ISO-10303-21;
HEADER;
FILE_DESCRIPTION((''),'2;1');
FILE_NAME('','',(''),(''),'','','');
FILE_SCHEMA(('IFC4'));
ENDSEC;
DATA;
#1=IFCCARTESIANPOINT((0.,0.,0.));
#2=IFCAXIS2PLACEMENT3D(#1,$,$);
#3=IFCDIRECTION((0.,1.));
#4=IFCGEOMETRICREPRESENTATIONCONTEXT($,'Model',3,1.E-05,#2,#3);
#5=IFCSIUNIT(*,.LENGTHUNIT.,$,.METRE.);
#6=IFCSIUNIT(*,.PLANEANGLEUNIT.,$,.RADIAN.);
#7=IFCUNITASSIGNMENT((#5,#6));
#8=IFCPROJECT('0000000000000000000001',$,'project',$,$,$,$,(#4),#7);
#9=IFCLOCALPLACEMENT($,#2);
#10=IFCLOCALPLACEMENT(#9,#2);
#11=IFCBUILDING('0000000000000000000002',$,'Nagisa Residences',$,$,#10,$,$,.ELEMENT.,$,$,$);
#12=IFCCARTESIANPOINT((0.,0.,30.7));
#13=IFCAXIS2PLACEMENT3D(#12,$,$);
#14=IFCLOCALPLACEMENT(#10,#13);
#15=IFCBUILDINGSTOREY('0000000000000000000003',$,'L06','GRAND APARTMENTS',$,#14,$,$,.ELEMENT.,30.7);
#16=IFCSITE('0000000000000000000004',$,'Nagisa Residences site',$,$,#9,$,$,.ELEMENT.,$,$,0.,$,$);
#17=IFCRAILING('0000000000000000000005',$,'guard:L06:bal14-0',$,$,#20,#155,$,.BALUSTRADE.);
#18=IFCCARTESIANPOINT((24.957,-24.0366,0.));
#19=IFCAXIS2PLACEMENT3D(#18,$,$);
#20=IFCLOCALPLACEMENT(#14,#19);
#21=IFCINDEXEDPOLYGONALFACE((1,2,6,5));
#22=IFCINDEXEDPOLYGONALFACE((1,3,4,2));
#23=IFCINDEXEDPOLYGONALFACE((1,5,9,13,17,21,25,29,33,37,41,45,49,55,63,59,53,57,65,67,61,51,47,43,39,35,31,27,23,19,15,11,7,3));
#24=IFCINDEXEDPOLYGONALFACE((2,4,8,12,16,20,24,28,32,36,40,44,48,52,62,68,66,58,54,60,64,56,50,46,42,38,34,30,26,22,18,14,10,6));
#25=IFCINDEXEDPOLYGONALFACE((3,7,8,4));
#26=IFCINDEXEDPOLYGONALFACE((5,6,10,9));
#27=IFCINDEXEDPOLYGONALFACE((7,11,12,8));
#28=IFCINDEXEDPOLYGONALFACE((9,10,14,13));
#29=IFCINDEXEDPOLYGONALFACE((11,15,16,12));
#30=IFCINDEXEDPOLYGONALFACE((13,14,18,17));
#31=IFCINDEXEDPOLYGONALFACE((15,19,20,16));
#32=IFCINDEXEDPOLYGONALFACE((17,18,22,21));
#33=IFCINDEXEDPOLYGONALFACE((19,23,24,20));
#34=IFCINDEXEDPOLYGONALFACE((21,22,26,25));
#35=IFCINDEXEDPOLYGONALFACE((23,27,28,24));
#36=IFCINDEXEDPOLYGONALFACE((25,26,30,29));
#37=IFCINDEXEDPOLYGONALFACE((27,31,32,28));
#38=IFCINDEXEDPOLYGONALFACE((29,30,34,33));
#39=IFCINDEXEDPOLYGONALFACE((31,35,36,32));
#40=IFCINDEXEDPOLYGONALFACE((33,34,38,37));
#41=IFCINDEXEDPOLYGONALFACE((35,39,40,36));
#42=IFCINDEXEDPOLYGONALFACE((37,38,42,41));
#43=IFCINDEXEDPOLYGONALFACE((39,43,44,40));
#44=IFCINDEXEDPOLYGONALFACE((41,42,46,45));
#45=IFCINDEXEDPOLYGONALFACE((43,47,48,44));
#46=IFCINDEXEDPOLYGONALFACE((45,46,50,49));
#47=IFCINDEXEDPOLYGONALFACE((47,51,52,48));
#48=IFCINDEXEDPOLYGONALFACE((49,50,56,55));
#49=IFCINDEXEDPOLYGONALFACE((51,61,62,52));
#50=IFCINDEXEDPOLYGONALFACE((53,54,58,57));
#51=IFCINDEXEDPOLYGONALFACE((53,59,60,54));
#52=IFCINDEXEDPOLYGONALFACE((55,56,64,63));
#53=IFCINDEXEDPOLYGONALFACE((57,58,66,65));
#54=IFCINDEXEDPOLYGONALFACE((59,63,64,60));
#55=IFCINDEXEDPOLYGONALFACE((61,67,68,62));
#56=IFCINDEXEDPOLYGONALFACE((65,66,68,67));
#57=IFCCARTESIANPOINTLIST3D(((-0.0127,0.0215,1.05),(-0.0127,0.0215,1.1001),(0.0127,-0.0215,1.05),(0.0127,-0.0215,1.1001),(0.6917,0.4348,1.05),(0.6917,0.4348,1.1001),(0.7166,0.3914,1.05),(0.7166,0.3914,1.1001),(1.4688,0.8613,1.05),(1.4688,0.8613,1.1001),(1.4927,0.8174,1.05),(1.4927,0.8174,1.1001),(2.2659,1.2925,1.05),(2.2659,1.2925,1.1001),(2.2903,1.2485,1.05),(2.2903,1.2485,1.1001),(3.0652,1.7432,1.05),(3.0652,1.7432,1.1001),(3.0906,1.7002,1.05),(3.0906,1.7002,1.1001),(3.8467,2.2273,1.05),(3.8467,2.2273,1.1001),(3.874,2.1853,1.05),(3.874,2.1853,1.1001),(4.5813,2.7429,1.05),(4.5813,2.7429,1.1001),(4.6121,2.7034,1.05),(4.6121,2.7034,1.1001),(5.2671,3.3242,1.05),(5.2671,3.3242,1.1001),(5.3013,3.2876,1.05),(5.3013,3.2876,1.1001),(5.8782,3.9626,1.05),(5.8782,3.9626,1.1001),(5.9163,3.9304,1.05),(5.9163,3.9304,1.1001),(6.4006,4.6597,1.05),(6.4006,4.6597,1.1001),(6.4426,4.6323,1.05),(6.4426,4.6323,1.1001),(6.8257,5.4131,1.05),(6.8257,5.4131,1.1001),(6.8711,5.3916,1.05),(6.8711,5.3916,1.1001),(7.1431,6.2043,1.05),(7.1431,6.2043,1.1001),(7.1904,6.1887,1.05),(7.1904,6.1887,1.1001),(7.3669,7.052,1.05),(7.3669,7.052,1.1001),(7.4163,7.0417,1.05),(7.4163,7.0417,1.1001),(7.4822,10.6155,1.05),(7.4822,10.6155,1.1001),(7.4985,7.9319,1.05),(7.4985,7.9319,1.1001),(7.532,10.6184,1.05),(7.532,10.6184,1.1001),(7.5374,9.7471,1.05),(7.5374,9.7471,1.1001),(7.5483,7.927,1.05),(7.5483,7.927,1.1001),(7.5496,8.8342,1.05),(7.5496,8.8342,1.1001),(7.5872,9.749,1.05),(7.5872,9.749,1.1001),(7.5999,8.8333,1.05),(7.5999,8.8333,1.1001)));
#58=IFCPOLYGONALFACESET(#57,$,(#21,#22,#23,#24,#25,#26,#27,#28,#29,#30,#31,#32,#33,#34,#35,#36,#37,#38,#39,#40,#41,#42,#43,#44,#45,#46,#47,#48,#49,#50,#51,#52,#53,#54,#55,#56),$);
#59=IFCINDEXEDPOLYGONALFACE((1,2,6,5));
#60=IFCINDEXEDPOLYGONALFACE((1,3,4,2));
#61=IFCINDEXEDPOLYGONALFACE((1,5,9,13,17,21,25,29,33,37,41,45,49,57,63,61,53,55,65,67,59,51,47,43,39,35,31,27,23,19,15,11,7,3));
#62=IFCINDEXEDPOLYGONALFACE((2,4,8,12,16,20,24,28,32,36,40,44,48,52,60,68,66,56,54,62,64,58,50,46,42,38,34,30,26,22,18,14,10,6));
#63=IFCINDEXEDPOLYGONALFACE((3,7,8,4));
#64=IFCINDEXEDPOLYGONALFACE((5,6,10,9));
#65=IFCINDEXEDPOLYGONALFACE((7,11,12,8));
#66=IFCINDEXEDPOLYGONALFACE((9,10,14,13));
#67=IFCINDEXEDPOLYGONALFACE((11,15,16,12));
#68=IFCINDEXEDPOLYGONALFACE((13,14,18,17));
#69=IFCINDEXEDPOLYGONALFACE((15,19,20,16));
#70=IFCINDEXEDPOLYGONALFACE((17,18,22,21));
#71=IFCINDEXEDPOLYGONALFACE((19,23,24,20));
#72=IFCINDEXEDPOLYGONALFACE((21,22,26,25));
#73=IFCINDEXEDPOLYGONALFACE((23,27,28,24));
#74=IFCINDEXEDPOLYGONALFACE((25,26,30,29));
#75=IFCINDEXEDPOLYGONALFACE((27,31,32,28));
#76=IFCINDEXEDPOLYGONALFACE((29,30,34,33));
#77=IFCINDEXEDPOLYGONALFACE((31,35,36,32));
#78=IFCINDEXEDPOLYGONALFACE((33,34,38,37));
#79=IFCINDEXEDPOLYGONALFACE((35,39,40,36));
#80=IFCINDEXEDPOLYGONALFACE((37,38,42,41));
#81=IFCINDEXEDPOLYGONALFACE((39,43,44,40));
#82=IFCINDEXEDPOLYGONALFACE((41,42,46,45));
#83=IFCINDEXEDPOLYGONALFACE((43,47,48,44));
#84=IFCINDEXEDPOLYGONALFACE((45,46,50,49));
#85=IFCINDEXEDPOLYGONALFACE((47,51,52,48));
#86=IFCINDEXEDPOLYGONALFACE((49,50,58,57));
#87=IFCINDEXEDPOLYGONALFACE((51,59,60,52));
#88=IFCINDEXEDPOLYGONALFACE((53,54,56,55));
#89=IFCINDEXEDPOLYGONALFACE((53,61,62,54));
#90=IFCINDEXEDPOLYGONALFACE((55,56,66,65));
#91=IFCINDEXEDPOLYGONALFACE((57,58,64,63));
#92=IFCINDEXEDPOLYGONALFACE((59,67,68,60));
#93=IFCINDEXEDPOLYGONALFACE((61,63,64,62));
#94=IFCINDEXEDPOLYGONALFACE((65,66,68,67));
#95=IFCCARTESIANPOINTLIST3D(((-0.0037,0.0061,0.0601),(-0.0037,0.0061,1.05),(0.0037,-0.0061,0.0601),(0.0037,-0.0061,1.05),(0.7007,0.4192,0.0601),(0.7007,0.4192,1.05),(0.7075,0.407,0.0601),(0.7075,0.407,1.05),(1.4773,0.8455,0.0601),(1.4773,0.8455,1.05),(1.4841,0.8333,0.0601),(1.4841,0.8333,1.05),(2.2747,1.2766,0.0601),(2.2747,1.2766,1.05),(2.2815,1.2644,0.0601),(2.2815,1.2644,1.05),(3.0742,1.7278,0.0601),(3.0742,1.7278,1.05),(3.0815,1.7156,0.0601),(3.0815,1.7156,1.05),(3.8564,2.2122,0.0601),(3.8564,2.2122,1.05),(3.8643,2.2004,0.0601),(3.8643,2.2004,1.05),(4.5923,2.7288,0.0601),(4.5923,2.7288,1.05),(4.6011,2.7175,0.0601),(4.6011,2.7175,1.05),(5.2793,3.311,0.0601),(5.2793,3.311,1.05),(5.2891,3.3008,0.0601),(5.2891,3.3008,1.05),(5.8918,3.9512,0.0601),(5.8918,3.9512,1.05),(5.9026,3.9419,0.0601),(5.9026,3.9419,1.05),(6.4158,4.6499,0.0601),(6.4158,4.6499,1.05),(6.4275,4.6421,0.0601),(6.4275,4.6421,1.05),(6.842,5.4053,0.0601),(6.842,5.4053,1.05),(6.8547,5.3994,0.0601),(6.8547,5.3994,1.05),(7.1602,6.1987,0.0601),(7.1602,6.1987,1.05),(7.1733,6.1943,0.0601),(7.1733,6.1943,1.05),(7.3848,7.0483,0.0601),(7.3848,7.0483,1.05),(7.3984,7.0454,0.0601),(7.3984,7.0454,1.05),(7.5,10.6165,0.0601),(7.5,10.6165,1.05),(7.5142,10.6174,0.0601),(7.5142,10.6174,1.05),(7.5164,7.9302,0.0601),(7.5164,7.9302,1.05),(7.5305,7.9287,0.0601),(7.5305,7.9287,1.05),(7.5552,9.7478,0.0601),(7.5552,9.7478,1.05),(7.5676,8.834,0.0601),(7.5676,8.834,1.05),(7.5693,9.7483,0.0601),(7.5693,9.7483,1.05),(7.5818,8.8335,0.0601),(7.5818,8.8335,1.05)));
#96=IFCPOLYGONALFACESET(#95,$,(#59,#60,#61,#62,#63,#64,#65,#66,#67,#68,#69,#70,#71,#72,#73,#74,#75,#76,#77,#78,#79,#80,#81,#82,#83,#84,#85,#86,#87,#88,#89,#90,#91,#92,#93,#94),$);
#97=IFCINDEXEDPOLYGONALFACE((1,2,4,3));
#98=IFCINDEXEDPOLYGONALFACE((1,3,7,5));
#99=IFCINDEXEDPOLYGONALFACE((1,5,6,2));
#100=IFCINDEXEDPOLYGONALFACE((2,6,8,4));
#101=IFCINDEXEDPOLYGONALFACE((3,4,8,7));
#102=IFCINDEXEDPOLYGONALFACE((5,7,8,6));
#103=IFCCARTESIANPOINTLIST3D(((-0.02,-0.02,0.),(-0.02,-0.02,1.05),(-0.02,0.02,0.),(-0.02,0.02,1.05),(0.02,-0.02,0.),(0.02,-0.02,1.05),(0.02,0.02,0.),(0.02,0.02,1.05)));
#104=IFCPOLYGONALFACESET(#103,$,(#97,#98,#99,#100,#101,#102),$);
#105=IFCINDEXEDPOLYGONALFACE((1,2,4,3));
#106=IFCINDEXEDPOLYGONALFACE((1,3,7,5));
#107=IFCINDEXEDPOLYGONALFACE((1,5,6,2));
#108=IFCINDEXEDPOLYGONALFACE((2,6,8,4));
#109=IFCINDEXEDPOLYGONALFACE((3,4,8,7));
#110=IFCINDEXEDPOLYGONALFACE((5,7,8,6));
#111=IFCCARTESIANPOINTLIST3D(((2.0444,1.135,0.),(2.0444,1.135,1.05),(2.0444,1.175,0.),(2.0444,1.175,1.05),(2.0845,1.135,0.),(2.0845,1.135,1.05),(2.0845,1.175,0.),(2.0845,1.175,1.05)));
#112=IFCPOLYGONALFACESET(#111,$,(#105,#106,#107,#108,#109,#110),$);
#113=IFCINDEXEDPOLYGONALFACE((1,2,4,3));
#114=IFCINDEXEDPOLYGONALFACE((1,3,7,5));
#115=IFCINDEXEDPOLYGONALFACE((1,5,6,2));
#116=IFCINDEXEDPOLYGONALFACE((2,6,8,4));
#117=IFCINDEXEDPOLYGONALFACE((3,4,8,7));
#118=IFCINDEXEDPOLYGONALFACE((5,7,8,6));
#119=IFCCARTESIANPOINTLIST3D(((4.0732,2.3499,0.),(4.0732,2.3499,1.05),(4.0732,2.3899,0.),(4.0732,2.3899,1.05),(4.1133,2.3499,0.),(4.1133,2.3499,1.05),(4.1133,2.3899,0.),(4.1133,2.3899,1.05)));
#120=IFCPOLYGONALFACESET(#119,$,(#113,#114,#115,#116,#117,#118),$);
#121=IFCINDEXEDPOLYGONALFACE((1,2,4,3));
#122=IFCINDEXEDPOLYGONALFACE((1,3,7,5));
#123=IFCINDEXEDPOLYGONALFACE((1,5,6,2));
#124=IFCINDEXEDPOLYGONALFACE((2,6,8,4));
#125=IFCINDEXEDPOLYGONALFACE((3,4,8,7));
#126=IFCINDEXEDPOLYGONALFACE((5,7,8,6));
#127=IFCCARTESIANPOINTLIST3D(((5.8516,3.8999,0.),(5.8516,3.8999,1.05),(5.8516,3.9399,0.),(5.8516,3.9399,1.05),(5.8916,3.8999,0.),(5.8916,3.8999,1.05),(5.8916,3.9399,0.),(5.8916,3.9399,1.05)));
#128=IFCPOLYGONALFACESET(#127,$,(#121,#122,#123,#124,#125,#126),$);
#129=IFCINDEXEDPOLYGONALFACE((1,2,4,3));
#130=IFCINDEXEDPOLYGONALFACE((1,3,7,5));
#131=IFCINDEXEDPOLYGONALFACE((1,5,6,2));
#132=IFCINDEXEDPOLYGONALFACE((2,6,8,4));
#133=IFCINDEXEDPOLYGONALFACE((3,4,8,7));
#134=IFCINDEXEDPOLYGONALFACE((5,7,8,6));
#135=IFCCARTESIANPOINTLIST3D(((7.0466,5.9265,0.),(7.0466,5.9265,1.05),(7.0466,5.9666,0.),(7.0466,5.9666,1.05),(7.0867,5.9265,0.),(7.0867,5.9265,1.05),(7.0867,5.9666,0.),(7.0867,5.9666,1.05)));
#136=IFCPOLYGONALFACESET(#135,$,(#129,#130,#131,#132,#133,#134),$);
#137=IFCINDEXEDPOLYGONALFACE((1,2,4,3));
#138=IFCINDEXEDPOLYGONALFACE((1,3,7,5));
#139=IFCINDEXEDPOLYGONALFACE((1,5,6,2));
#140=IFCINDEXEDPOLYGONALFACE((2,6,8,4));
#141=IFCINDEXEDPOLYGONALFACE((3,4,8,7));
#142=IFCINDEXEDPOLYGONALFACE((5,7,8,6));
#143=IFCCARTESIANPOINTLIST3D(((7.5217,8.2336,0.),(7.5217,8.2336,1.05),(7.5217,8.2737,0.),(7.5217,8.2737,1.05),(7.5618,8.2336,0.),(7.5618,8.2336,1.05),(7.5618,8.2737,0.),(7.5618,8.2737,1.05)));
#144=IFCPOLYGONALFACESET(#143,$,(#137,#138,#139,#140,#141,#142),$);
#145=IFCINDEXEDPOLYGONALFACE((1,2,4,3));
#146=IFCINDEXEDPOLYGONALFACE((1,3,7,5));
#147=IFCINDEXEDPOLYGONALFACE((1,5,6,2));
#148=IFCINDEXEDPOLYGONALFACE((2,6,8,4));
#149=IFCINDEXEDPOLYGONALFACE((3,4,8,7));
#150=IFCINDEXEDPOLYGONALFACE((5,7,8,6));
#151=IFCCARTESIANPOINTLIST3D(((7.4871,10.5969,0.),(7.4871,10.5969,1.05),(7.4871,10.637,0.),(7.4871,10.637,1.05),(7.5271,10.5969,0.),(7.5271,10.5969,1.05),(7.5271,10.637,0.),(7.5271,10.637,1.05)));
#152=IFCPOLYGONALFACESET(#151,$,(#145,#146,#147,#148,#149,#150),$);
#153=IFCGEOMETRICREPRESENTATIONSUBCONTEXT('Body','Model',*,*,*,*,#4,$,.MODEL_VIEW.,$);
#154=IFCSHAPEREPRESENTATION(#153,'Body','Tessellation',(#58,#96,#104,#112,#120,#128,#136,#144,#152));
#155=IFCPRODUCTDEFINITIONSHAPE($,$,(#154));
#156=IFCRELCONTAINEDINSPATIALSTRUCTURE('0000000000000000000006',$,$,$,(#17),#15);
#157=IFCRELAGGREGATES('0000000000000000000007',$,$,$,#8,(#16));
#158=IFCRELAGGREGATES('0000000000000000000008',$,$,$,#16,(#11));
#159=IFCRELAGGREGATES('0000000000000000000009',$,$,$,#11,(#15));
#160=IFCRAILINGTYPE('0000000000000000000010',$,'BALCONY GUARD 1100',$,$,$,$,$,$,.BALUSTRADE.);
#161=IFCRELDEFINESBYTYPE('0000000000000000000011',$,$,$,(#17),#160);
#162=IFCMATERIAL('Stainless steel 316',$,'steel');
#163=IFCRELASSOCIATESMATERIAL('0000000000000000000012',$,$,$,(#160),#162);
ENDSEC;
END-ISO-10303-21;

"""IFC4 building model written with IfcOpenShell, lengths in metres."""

from ifc_helpers import new_model, si_unit, direction, frame, origin, origin_2d, place, context, subcontext, project, spatial, polyline, rectangle, outline, extrude, material, type_object, element, save


model = new_model("IFC4")

# Units and contexts
model_context = context("Model", 3, precision=1e-05, world=origin(), true_north=direction((0.0, 1.0)))
body_context = subcontext(model_context, "Body", "Model", "MODEL_VIEW")
ifc_project = project(units=[si_unit("LENGTHUNIT", "METRE"), si_unit("PLANEANGLEUNIT", "RADIAN")], contexts=[model_context])

# Site, building, storey
site_placement = place(None, origin())
site = spatial("IfcSite", under=ifc_project, at=site_placement, Name="Nagisa Residences site", CompositionType="ELEMENT", RefElevation=0.0)
building_placement = place(site_placement, origin())
building = spatial("IfcBuilding", under=site, at=building_placement, Name="Nagisa Residences", CompositionType="ELEMENT")
storey_placement = place(building_placement, frame((0.0, 0.0, 30.7)))
storey = spatial("IfcBuildingStorey", under=building, at=storey_placement, Name="L06", Description="GRAND APARTMENTS", CompositionType="ELEMENT", Elevation=30.7)

# Railing
ifc_material_1 = material(Name="Stainless steel 316", Category="steel")
railing_type = type_object("IfcRailingType", Name="BALCONY GUARD 1100", PredefinedType="BALUSTRADE", material=ifc_material_1)
railing_1_placement = place(storey_placement, frame((24.957, -24.0366, 0.0)))
element("IfcRailing", 1, at=railing_1_placement, inside=storey, type_object=railing_type, Name="guard:L06:bal14-0", PredefinedType="BALUSTRADE", context=body_context, shape_type="SweptSolid", body=[
    extrude(outline(polyline([(0.6917, 0.4348), (-0.0127, 0.0215), (0.0127, -0.0215), (0.7166, 0.3914), (1.4927, 0.8174), (2.2903, 1.2485), (3.0906, 1.7002), (3.874, 2.1853), (4.6121, 2.7034), (5.3013, 3.2876), (5.9163, 3.9304), (6.4426, 4.6323), (6.8711, 5.3916), (7.1904, 6.1887), (7.4163, 7.0417), (7.5483, 7.927), (7.5999, 8.8333), (7.5872, 9.749), (7.532, 10.6184), (7.4822, 10.6155), (7.5374, 9.7471), (7.5496, 8.8342), (7.4985, 7.9319), (7.3669, 7.052), (7.1431, 6.2043), (6.8257, 5.4131), (6.4006, 4.6597), (5.8782, 3.9626), (5.2671, 3.3242), (4.5813, 2.7429), (3.8467, 2.2273), (3.0652, 1.7432), (2.2659, 1.2925), (1.4688, 0.8613), (0.6917, 0.4348)])), frame((0.0, 0.0, 1.05)), (0.0, 0.0, 1.0), 0.05),
    extrude(outline(polyline([(0.7007, 0.4192), (-0.0037, 0.0061), (0.0037, -0.0061), (0.7075, 0.407), (1.4841, 0.8333), (2.2815, 1.2644), (3.0815, 1.7156), (3.8643, 2.2004), (4.6011, 2.7175), (5.2891, 3.3008), (5.9026, 3.9419), (6.4275, 4.6421), (6.8547, 5.3994), (7.1733, 6.1943), (7.3984, 7.0454), (7.5305, 7.9287), (7.5818, 8.8335), (7.5693, 9.7483), (7.5142, 10.6174), (7.5, 10.6165), (7.5552, 9.7478), (7.5676, 8.834), (7.5164, 7.9302), (7.3848, 7.0483), (7.1602, 6.1987), (6.842, 5.4053), (6.4158, 4.6499), (5.8918, 3.9512), (5.2793, 3.311), (4.5923, 2.7288), (3.8564, 2.2122), (3.0742, 1.7278), (2.2747, 1.2766), (1.4773, 0.8455), (0.7007, 0.4192)])), frame((0.0, 0.0, 0.0601)), (0.0, 0.0, 1.0), 0.99),
    extrude(rectangle(XDim=0.04, YDim=0.04, at=origin_2d()), origin(), (0.0, 0.0, 1.0), 1.05),
    extrude(rectangle(XDim=0.04, YDim=0.04, at=origin_2d()), frame((2.0645, 1.155, 0.0)), (0.0, 0.0, 1.0), 1.05),
    extrude(rectangle(XDim=0.04, YDim=0.04, at=origin_2d()), frame((4.0933, 2.3699, 0.0)), (0.0, 0.0, 1.0), 1.05),
    extrude(rectangle(XDim=0.04, YDim=0.04, at=origin_2d()), frame((5.8716, 3.9199, 0.0)), (0.0, 0.0, 1.0), 1.05),
    extrude(rectangle(XDim=0.04, YDim=0.04, at=origin_2d()), frame((7.0667, 5.9465, 0.0)), (0.0, 0.0, 1.0), 1.05),
    extrude(rectangle(XDim=0.04, YDim=0.04, at=origin_2d()), frame((7.5417, 8.2537, 0.0)), (0.0, 0.0, 1.0), 1.05),
    extrude(rectangle(XDim=0.04, YDim=0.04, at=origin_2d()), frame((7.5071, 10.6169, 0.0)), (0.0, 0.0, 1.0), 1.05),
])

save(model, "model.ifc")
